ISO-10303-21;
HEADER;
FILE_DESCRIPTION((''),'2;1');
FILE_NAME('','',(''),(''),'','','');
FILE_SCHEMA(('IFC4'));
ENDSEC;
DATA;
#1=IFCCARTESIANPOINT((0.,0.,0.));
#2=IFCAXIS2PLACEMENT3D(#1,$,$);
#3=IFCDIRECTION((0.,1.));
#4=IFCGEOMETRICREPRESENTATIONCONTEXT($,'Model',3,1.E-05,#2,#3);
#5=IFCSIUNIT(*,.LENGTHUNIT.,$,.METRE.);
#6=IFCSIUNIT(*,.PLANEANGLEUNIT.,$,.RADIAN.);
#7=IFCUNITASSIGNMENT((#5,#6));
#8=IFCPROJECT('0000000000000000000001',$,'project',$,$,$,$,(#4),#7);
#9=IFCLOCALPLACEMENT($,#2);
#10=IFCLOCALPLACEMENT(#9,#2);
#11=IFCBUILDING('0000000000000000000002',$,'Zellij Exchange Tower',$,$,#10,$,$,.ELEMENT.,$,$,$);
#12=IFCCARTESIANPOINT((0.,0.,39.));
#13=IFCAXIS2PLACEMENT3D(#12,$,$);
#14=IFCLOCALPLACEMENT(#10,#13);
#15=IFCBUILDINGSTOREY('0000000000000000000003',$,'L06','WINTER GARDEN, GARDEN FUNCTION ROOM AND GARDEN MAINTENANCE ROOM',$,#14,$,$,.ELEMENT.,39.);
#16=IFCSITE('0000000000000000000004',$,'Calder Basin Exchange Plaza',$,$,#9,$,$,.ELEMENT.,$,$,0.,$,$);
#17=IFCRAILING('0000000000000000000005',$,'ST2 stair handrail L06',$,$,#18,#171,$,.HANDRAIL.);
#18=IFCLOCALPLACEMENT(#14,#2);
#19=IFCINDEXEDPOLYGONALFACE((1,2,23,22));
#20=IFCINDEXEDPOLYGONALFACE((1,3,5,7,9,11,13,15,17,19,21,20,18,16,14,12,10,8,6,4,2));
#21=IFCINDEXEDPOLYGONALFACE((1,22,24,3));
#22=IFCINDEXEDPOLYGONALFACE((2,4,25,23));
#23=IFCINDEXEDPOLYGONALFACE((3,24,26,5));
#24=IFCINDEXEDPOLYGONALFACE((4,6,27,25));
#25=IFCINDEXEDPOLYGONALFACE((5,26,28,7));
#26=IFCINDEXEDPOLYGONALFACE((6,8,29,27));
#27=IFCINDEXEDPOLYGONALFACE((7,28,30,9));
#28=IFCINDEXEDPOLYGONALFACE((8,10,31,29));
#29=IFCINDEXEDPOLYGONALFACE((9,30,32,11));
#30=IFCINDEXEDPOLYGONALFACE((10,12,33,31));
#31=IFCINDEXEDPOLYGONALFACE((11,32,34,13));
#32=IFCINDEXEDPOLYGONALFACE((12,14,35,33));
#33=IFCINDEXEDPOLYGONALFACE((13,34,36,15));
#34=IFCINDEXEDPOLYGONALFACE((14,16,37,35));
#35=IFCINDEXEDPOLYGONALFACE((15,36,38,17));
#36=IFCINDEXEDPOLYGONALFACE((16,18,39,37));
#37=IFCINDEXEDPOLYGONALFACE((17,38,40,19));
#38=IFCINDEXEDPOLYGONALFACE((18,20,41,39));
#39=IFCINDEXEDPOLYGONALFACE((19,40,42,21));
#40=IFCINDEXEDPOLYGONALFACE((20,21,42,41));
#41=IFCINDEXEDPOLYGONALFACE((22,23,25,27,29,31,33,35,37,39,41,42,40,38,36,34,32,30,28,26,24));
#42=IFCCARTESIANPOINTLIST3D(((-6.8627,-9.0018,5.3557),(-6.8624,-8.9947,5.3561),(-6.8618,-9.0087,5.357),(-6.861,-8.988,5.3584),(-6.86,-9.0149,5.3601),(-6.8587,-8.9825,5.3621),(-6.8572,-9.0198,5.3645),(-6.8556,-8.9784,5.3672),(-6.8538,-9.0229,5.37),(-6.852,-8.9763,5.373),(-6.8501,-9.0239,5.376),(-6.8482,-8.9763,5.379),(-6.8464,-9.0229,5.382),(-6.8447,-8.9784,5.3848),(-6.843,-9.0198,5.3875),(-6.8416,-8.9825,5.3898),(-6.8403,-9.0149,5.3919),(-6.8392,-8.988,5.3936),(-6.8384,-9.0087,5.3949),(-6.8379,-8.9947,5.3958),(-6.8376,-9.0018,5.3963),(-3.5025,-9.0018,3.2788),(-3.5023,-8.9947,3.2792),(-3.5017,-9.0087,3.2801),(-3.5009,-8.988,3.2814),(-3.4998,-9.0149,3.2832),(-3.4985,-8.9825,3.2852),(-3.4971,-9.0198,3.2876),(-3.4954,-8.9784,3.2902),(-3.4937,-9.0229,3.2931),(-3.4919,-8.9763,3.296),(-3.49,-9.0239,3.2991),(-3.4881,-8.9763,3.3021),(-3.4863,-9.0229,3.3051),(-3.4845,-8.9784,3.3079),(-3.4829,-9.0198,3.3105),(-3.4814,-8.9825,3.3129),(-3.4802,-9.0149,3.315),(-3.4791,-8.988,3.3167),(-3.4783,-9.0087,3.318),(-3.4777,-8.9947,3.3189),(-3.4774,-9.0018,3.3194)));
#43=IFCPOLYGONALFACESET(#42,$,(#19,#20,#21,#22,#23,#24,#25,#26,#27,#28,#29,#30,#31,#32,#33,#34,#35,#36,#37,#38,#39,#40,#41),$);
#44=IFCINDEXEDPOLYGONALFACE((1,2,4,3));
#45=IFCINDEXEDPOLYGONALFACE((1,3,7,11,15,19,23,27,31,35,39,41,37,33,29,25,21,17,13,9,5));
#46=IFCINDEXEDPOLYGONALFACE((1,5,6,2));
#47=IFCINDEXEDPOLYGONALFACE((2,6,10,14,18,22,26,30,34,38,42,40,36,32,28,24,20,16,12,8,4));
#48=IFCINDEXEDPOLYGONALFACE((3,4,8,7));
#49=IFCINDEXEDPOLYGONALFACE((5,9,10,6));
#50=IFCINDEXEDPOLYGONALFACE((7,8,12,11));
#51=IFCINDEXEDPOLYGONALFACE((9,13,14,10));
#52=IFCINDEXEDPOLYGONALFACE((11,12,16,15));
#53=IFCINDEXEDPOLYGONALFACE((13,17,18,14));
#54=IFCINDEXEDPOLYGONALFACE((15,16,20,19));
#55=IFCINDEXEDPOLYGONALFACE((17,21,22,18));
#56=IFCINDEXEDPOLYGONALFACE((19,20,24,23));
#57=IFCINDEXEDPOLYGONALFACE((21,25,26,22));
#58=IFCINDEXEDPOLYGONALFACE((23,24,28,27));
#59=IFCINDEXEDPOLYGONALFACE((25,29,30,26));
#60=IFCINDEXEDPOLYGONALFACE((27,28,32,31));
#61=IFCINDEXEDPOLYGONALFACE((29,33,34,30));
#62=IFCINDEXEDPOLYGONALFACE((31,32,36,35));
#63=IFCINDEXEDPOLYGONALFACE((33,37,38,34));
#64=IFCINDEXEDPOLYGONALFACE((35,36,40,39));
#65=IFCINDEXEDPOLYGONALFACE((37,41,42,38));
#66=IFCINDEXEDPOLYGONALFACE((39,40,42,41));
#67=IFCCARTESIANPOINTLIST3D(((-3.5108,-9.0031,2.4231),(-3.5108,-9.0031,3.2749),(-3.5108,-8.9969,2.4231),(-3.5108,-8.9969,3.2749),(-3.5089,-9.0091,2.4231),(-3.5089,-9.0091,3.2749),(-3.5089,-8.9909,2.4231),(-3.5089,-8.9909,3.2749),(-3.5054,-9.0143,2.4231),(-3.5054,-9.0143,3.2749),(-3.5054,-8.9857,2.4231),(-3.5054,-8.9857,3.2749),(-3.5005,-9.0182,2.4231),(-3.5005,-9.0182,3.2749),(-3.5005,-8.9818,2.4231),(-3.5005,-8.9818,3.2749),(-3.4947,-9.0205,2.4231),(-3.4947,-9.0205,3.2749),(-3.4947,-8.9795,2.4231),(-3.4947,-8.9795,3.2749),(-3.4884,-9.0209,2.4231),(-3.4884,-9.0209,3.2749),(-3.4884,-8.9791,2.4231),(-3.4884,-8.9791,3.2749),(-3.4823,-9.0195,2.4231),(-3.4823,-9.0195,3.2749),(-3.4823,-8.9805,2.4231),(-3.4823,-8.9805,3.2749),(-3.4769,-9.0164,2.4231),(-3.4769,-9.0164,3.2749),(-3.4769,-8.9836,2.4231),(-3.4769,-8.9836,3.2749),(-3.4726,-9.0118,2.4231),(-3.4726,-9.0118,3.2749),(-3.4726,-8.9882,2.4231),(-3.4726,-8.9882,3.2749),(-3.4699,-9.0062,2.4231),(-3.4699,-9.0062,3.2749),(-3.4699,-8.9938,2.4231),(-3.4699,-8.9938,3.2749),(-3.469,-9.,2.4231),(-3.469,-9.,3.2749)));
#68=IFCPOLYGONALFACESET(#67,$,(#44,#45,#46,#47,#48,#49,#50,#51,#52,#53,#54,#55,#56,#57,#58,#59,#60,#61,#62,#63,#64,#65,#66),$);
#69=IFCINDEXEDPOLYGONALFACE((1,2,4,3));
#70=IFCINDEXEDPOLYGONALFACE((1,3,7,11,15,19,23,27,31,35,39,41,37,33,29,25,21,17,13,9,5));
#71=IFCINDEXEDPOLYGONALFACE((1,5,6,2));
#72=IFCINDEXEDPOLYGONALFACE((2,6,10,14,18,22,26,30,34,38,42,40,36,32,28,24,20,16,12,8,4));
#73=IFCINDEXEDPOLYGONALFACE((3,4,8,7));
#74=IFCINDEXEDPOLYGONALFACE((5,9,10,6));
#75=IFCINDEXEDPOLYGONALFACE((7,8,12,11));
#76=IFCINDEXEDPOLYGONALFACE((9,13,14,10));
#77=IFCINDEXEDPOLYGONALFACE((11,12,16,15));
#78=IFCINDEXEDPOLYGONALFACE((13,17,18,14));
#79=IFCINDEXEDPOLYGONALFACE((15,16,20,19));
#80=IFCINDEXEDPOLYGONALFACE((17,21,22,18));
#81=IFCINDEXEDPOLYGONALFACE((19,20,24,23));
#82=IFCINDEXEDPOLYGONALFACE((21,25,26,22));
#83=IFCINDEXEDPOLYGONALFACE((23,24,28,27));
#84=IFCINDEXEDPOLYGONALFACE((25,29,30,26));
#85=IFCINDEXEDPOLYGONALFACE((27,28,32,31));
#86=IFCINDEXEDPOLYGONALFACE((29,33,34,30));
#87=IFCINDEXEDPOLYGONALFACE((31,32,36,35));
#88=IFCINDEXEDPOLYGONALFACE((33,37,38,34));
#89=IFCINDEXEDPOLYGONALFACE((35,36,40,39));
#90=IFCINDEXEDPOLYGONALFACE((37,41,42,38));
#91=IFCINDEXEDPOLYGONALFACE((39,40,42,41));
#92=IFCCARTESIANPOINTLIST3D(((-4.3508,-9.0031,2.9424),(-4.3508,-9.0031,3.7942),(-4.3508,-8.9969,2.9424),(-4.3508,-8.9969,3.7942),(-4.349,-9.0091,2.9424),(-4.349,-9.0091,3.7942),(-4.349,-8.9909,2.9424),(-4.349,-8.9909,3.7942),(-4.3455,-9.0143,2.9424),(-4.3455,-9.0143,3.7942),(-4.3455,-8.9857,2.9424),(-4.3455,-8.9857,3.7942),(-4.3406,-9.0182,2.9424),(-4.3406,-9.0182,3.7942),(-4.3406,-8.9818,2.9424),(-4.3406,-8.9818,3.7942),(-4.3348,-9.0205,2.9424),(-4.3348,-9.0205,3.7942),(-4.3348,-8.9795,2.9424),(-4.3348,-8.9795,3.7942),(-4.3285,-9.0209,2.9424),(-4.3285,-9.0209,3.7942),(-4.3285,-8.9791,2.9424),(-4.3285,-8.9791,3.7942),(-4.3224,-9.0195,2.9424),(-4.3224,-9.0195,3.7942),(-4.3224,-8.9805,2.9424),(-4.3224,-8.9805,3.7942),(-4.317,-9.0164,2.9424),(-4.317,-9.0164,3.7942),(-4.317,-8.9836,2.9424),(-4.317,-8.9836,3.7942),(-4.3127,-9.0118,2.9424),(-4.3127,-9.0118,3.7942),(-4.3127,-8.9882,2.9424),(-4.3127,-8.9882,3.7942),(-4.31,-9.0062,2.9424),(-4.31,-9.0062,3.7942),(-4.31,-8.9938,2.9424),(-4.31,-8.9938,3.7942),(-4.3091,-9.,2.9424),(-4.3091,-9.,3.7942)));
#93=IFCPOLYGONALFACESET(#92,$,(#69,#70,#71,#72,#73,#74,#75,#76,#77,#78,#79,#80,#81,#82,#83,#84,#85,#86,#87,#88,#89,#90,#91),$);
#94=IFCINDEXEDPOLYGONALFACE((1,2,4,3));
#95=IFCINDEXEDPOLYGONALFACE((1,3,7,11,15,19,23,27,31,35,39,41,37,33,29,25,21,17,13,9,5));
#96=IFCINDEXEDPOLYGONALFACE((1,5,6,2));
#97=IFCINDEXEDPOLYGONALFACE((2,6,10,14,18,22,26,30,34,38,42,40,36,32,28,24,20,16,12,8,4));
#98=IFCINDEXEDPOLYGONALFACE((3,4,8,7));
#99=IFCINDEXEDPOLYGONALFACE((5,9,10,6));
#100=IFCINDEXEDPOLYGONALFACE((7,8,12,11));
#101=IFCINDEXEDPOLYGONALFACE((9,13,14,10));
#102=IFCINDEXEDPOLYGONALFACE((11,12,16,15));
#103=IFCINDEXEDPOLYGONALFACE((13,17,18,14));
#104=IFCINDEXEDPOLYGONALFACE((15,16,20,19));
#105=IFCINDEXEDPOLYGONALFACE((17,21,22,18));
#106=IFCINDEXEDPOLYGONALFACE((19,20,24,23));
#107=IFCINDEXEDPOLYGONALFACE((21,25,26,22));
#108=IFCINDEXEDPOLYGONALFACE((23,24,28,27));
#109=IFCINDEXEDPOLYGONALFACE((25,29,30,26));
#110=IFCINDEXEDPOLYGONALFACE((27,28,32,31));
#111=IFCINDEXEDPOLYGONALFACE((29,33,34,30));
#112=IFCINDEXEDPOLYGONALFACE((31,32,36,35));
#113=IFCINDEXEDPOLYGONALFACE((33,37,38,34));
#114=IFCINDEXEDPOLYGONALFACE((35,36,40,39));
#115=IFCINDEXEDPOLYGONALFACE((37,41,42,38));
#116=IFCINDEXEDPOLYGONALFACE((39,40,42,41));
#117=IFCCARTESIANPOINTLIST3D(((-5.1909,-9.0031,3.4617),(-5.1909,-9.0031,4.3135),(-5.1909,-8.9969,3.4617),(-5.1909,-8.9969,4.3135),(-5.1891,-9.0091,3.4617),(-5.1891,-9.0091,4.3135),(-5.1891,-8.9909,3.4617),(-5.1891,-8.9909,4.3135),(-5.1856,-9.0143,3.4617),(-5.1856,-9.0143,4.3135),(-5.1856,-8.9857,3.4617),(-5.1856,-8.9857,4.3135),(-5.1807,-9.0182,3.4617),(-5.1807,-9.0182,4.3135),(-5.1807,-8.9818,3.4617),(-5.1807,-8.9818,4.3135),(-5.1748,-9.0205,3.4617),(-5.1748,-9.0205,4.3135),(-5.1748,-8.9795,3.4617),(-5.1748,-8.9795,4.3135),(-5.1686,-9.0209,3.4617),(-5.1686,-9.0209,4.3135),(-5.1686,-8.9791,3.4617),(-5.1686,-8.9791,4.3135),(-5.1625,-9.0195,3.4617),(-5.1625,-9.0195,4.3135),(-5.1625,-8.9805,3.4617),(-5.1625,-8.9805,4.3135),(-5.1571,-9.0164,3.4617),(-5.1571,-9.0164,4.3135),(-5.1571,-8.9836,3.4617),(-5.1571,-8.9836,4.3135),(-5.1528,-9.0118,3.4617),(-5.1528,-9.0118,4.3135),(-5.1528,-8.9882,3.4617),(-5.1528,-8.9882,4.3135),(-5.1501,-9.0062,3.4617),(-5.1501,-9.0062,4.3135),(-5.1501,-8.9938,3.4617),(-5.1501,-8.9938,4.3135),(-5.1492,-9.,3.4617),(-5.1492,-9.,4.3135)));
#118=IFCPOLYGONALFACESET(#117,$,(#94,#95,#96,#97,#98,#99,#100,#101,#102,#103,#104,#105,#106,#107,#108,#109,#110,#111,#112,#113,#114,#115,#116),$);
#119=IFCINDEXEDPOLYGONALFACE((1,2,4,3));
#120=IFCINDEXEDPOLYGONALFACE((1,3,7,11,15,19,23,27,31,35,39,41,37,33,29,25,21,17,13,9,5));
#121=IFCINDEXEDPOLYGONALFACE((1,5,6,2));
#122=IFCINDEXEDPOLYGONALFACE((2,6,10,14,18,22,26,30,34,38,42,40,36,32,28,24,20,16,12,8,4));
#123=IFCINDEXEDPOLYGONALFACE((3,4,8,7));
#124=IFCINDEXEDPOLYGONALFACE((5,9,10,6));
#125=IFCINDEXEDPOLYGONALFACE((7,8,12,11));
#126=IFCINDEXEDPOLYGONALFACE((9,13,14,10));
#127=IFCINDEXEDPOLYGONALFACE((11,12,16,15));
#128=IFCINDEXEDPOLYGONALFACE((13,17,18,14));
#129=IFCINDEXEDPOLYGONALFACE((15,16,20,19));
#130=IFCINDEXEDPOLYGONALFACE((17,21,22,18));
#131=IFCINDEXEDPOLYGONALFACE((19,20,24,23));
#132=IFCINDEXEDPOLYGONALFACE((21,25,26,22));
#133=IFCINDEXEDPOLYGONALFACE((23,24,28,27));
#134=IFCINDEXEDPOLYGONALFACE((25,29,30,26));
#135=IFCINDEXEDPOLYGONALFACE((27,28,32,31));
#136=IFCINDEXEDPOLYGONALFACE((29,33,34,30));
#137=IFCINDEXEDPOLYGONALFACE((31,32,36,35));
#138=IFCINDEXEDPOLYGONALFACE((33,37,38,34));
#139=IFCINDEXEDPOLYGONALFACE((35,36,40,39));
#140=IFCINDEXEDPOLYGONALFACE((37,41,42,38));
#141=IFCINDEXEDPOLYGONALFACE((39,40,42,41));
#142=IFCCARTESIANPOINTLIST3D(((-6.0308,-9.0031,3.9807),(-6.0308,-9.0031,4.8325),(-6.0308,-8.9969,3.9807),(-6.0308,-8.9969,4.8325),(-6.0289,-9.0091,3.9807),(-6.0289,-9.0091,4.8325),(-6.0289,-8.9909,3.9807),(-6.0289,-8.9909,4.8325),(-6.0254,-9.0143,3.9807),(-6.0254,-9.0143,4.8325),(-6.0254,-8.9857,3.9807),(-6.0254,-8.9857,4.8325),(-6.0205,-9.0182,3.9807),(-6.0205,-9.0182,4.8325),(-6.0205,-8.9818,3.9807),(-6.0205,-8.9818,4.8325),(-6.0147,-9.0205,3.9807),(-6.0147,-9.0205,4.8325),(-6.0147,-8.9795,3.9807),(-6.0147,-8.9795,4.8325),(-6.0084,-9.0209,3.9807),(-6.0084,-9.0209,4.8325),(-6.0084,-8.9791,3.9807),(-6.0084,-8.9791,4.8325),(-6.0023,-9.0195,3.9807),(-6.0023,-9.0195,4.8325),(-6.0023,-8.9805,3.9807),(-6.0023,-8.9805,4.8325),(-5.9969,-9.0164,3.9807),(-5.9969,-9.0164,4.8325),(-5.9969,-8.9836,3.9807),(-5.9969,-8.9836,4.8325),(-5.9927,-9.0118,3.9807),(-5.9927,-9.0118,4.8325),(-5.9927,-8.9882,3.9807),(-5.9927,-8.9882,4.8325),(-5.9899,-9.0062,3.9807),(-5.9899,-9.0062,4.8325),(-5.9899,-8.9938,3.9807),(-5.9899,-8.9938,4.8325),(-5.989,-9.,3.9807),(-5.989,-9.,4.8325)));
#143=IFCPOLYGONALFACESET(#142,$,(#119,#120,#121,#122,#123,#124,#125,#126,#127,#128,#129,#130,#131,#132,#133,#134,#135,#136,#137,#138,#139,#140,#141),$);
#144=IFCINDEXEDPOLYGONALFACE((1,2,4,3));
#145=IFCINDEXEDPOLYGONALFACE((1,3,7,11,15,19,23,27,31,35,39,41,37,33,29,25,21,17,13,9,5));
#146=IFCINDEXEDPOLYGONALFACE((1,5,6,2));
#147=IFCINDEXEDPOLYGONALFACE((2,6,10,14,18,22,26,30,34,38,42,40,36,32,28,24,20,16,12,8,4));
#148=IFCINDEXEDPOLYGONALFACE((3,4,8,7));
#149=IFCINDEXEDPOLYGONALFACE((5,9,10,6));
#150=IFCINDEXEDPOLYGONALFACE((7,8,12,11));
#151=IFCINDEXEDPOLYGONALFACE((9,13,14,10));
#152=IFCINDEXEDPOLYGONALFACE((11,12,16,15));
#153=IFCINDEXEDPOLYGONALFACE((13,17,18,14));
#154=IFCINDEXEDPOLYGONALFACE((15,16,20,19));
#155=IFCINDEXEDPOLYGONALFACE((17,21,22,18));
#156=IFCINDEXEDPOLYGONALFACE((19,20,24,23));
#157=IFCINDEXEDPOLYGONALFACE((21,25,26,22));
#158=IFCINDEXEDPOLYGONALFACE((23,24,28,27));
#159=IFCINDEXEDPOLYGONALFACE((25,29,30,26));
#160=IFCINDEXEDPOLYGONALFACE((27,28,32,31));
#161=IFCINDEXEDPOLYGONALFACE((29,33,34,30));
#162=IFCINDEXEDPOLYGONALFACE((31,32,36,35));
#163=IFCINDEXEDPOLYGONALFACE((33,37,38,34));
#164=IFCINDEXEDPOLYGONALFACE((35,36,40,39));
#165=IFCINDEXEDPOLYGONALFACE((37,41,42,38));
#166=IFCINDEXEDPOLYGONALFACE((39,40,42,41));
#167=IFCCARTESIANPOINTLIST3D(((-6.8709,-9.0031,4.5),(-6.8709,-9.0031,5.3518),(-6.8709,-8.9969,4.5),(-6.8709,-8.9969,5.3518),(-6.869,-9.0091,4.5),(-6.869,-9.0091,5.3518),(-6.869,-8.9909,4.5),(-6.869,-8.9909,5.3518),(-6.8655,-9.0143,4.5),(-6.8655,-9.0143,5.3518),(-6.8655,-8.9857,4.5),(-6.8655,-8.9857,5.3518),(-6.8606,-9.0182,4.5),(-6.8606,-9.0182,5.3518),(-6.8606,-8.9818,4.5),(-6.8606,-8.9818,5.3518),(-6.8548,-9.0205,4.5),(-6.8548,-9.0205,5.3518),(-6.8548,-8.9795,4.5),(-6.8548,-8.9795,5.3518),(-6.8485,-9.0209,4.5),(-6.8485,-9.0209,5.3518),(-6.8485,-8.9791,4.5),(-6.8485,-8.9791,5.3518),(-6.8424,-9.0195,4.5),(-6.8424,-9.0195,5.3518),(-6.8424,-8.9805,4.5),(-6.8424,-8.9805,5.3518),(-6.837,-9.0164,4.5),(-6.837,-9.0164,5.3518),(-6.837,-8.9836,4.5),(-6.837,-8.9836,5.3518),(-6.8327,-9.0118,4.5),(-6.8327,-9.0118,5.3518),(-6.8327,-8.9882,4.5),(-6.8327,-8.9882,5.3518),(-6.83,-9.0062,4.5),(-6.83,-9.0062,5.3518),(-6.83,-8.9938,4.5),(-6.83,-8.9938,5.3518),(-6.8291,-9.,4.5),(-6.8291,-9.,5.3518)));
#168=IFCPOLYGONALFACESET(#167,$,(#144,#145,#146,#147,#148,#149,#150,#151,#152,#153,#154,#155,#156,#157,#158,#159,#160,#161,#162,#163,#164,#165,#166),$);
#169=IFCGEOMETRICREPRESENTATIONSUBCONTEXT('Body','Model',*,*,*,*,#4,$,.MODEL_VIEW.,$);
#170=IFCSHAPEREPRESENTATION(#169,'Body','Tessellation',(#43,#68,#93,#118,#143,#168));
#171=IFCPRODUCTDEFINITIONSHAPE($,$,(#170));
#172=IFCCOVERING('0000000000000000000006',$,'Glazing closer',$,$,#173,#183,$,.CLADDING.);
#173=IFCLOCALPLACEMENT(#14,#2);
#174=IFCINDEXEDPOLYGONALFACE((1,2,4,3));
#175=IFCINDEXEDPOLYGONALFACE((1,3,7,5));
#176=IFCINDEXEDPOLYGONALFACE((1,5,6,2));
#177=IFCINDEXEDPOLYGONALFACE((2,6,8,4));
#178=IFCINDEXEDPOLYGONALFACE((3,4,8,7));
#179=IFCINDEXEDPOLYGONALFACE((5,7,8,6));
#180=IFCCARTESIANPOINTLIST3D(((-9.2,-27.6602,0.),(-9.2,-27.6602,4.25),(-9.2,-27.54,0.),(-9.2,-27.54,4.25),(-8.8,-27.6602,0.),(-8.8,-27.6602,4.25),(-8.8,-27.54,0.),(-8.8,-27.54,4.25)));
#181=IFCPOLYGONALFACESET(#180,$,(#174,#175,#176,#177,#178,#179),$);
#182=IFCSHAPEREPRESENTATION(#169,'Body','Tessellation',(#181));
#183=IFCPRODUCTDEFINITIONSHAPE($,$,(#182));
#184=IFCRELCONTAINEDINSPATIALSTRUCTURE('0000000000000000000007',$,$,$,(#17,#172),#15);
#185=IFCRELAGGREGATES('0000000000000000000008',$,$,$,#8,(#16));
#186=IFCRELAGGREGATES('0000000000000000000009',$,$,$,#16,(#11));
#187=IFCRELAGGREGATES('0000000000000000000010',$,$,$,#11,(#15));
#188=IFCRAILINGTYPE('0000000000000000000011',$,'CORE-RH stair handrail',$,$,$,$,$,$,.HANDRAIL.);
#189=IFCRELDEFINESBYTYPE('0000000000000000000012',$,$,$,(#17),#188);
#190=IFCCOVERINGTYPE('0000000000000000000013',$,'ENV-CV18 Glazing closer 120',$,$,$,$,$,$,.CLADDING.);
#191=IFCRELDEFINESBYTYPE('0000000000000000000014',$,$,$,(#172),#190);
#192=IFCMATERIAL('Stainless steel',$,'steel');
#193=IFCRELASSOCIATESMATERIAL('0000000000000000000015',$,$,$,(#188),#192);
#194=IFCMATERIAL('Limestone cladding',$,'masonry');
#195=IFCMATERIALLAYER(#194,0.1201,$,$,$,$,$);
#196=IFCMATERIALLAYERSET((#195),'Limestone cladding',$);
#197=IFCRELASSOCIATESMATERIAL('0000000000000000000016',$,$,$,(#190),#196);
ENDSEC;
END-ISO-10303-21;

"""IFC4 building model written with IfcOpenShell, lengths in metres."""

from ifc_helpers import new_model, si_unit, direction, frame, origin, origin_2d, place, context, subcontext, project, spatial, rectangle, circle, extrude, material, layer, layer_set, type_object, element, save


model = new_model("IFC4")

# Units and contexts
model_context = context("Model", 3, precision=1e-05, world=origin(), true_north=direction((0.0, 1.0)))
body_context = subcontext(model_context, "Body", "Model", "MODEL_VIEW")
ifc_project = project(units=[si_unit("LENGTHUNIT", "METRE"), si_unit("PLANEANGLEUNIT", "RADIAN")], contexts=[model_context])

# Site, building, storey
site_placement = place(None, origin())
site = spatial("IfcSite", under=ifc_project, at=site_placement, Name="Calder Basin Exchange Plaza", CompositionType="ELEMENT", RefElevation=0.0)
building_placement = place(site_placement, origin())
building = spatial("IfcBuilding", under=site, at=building_placement, Name="Zellij Exchange Tower", CompositionType="ELEMENT")
storey_placement = place(building_placement, frame((0.0, 0.0, 39.0)))
storey = spatial("IfcBuildingStorey", under=building, at=storey_placement, Name="L06", Description="WINTER GARDEN, GARDEN FUNCTION ROOM AND GARDEN MAINTENANCE ROOM", CompositionType="ELEMENT", Elevation=39.0)

# Railing
ifc_material_1 = material(Name="Stainless steel", Category="steel")
railing_type_1 = type_object("IfcRailingType", Name="CORE-RH stair handrail", PredefinedType="HANDRAIL", material=ifc_material_1)
railing_1_placement = place(storey_placement, frame((-3.49, -9.0, 2.4231)))
element("IfcRailing", 1, at=railing_1_placement, inside=storey, type_object=railing_type_1, Name="ST2 stair handrail L06", PredefinedType="HANDRAIL", context=body_context, shape_type="SweptSolid", body=[
    extrude(circle(Radius=0.0239, at=origin_2d()), frame((0.0, 0.0, 0.876), z_axis=(-0.850623, 0.0, 0.525776), x_axis=(0.0, -1.0, 0.0)), (0.0, 0.0, 1.0), 3.9502),
    extrude(circle(Radius=0.021, at=origin_2d()), origin(), (0.0, 0.0, 1.0), 0.8518),
    extrude(circle(Radius=0.021, at=origin_2d()), frame((-0.8401, 0.0, 0.5193)), (0.0, 0.0, 1.0), 0.8518),
    extrude(circle(Radius=0.021, at=origin_2d()), frame((-1.6802, 0.0, 1.0386)), (0.0, 0.0, 1.0), 0.8518),
    extrude(circle(Radius=0.021, at=origin_2d()), frame((-2.52, 0.0, 1.5576)), (0.0, 0.0, 1.0), 0.8518),
    extrude(circle(Radius=0.021, at=origin_2d()), frame((-3.3601, 0.0, 2.0769)), (0.0, 0.0, 1.0), 0.8518),
])

# Covering
ifc_material_2 = material(Name="Limestone cladding", Category="masonry")
ifc_layer_1 = layer(ifc_material_2, 0.1201)
ifc_layer_set_1 = layer_set([ifc_layer_1], Name="Limestone cladding")
covering_type_1 = type_object("IfcCoveringType", Name="ENV-CV18 Glazing closer 120", PredefinedType="CLADDING", material=ifc_layer_set_1)
covering_1_placement = place(storey_placement, frame((-9.0, -27.6001, 0.0), z_axis=(0.0, 0.0, 1.0), x_axis=(1.0, 0.0, 0.0)))
element("IfcCovering", 2, at=covering_1_placement, inside=storey, type_object=covering_type_1, Name="Glazing closer", PredefinedType="CLADDING", context=body_context, shape_type="SweptSolid", body=[
    extrude(rectangle(XDim=0.3999, YDim=0.1201, at=origin_2d()), origin(), (0.0, 0.0, 1.0), 4.25),
])

save(model, "model.ifc")
